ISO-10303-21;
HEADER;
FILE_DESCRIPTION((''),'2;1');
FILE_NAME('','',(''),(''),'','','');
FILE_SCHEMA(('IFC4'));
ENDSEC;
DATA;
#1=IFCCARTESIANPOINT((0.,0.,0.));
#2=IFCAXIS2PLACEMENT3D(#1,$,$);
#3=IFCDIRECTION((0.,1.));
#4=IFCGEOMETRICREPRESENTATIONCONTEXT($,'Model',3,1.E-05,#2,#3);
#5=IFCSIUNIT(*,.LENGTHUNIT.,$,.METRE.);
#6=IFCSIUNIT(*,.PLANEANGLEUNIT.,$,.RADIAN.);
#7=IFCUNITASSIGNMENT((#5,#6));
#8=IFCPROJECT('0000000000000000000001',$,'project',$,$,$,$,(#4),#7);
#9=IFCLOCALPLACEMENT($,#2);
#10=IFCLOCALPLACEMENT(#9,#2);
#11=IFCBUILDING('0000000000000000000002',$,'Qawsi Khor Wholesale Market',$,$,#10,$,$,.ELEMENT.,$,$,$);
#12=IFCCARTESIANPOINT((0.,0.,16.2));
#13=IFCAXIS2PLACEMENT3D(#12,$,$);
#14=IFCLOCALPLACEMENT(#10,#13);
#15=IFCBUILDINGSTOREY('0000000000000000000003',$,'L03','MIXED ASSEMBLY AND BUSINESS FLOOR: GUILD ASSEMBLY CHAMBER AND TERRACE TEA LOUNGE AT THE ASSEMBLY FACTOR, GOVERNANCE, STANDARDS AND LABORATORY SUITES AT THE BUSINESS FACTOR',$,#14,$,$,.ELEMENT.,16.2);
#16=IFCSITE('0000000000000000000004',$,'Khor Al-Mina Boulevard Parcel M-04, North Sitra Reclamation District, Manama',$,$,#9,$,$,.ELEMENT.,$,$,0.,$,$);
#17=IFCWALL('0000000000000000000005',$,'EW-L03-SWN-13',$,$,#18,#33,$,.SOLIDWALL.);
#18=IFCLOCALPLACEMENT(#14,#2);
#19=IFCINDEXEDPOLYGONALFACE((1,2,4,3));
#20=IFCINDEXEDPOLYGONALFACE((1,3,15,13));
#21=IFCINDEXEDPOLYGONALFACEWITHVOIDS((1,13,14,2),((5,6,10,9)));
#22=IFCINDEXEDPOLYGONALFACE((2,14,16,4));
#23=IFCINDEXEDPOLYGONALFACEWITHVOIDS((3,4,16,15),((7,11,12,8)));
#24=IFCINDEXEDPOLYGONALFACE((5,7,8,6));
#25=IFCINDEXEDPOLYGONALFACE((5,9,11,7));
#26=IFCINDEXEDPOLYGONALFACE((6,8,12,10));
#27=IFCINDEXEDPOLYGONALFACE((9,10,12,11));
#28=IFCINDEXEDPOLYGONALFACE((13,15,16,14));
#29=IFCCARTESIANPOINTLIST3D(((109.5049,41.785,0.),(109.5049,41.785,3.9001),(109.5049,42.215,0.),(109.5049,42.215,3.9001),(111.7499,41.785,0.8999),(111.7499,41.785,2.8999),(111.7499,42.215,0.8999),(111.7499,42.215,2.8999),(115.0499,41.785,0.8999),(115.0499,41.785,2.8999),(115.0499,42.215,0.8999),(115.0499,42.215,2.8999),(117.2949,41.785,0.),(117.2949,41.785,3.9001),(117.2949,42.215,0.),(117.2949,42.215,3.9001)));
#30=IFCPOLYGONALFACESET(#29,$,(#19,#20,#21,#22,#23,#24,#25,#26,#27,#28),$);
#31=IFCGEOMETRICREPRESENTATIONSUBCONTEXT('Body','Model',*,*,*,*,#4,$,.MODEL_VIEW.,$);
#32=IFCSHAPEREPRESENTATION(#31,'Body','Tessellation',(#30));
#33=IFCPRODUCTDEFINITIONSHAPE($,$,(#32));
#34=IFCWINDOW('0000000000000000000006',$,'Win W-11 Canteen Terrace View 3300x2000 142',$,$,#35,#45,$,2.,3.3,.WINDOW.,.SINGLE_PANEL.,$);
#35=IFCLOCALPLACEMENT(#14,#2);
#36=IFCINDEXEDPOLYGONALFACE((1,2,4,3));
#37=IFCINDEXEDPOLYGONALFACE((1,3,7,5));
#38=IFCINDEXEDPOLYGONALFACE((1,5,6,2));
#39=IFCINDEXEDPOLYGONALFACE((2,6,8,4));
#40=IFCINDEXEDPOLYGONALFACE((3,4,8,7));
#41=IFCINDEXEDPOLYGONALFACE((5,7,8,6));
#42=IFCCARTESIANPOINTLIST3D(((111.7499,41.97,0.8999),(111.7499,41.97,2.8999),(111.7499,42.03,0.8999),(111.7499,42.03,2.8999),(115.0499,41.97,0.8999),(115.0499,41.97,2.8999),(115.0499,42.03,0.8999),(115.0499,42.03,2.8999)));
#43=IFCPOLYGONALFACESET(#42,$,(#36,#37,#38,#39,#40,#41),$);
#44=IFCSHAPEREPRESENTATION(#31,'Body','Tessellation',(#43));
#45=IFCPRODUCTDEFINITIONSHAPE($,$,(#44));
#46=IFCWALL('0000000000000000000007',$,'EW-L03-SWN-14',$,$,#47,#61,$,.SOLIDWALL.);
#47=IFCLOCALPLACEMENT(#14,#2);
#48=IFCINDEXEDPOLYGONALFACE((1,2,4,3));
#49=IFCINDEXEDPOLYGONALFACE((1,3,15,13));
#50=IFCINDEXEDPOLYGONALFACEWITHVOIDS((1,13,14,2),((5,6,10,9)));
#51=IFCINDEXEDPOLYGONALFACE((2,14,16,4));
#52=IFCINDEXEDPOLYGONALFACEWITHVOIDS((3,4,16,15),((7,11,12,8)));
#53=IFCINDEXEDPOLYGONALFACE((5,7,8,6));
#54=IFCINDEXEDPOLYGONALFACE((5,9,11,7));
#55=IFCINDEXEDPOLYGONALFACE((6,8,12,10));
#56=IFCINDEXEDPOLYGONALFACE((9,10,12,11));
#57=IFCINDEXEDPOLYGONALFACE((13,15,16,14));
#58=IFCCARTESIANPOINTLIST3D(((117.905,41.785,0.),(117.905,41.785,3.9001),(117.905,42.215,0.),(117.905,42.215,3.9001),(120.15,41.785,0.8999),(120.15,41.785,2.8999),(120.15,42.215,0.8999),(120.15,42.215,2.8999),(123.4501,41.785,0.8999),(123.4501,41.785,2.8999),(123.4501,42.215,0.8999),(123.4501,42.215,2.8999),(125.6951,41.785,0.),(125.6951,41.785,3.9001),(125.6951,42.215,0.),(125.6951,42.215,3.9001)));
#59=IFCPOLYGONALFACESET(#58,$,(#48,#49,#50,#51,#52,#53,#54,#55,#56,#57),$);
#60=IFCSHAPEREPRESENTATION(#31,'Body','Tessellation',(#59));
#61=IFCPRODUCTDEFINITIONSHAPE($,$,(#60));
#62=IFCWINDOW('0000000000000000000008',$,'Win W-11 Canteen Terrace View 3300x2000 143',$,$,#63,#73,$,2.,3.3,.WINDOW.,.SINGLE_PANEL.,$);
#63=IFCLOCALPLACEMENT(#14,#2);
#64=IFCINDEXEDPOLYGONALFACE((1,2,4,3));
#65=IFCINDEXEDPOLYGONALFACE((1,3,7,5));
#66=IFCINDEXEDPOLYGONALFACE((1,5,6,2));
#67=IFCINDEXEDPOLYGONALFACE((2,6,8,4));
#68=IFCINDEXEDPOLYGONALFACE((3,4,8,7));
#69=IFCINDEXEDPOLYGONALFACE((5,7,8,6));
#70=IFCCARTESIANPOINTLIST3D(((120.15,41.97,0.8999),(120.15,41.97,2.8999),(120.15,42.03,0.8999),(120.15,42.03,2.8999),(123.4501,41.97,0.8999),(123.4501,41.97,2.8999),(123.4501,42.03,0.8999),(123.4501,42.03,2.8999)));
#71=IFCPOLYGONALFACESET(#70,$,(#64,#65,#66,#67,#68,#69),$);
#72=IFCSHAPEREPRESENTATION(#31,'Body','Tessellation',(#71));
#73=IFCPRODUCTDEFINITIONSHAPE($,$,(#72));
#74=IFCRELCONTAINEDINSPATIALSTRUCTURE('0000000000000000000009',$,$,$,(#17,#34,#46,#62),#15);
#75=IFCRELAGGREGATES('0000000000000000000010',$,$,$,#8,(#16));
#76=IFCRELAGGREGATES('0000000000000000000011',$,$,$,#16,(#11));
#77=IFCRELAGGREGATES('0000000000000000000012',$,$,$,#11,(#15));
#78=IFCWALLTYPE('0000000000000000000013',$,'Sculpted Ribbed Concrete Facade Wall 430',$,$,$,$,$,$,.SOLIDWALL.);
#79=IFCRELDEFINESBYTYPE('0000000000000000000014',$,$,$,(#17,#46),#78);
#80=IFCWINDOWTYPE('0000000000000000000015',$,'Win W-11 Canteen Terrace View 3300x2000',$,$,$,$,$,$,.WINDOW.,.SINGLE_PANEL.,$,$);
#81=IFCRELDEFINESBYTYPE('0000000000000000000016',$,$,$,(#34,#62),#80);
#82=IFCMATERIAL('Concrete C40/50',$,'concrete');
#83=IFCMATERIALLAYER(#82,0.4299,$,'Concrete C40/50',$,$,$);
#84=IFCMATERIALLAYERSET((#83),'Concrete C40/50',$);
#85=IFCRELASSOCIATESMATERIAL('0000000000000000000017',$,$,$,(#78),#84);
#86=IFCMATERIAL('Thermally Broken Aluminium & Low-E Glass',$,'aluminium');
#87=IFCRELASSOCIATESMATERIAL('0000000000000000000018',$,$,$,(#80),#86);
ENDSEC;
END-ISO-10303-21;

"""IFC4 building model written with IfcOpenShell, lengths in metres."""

from ifc_helpers import new_model, si_unit, direction, frame, frame_2d, origin, place, context, subcontext, project, spatial, rectangle, extrude, material, layer, layer_set, type_object, element, fill, save


model = new_model("IFC4")

# Units and contexts
model_context = context("Model", 3, precision=1e-05, world=origin(), true_north=direction((0.0, 1.0)))
body_context = subcontext(model_context, "Body", "Model", "MODEL_VIEW")
ifc_project = project(units=[si_unit("LENGTHUNIT", "METRE"), si_unit("PLANEANGLEUNIT", "RADIAN")], contexts=[model_context])

# Site, building, storey
site_placement = place(None, origin())
site = spatial("IfcSite", under=ifc_project, at=site_placement, Name="Khor Al-Mina Boulevard Parcel M-04, North Sitra Reclamation District, Manama", CompositionType="ELEMENT", RefElevation=0.0)
building_placement = place(site_placement, origin())
building = spatial("IfcBuilding", under=site, at=building_placement, Name="Qawsi Khor Wholesale Market", CompositionType="ELEMENT")
storey_placement = place(building_placement, frame((0.0, 0.0, 16.2)))
storey = spatial("IfcBuildingStorey", under=building, at=storey_placement, Name="L03", Description="MIXED ASSEMBLY AND BUSINESS FLOOR: GUILD ASSEMBLY CHAMBER AND TERRACE TEA LOUNGE AT THE ASSEMBLY FACTOR, GOVERNANCE, STANDARDS AND LABORATORY SUITES AT THE BUSINESS FACTOR", CompositionType="ELEMENT", Elevation=16.2)

# Shared definitions
ifc_material_1 = material(Name="Concrete C40/50", Category="concrete")

# Walls, openings, windows
ifc_layer = layer(ifc_material_1, 0.4299, Name="Concrete C40/50")
ifc_layer_set = layer_set([ifc_layer], Name="Concrete C40/50")
wall_type = type_object("IfcWallType", Name="Sculpted Ribbed Concrete Facade Wall 430", PredefinedType="SOLIDWALL", material=ifc_layer_set)
ifc_material_2 = material(Name="Thermally Broken Aluminium & Low-E Glass", Category="aluminium")
window_type = type_object("IfcWindowType", Name="Win W-11 Canteen Terrace View 3300x2000", PartitioningType="SINGLE_PANEL", PredefinedType="WINDOW", material=ifc_material_2)
wall_1_placement = place(storey_placement, frame((109.5049, 42.0, 0.0), z_axis=(0.0, 0.0, 1.0), x_axis=(1.0, 0.0, 0.0)))
wall_1 = element("IfcWall", 1, at=wall_1_placement, inside=storey, type_object=wall_type, Name="EW-L03-SWN-13", PredefinedType="SOLIDWALL", context=body_context, shape_type="SweptSolid", body=[
    extrude(rectangle(XDim=7.79, YDim=0.4299, at=frame_2d((3.895, 0.0))), origin(), (0.0, 0.0, 1.0), 3.9001),
])
opening_1_placement = place(wall_1_placement, frame((2.2451, 0.0, 0.8999)))
opening_1 = element("IfcOpeningElement", 2, at=opening_1_placement, cuts=wall_1, PredefinedType="OPENING", context=body_context, shape_type="SweptSolid", body=[
    extrude(rectangle(XDim=3.3, YDim=2.0, at=frame_2d((1.6499, 1.0))), frame((0.0, 0.2249, 0.0), z_axis=(0.0, -1.0, 0.0), x_axis=(1.0, 0.0, 0.0)), (0.0, 0.0, 1.0), 0.45),
])
window_1_placement = place(opening_1_placement, origin())
window_1 = element("IfcWindow", 3, at=window_1_placement, inside=storey, type_object=window_type, Name="Win W-11 Canteen Terrace View 3300x2000 142", OverallHeight=2.0, OverallWidth=3.3, PartitioningType="SINGLE_PANEL", PredefinedType="WINDOW", context=body_context, shape_type="SweptSolid", body=[
    extrude(rectangle(XDim=3.3, YDim=2.0, at=frame_2d((1.6499, 1.0))), frame((0.0, 0.03, 0.0), z_axis=(0.0, -1.0, 0.0), x_axis=(1.0, 0.0, 0.0)), (0.0, 0.0, 1.0), 0.0601),
])
fill(opening_1, window_1)
wall_2_placement = place(storey_placement, frame((117.905, 42.0, 0.0), z_axis=(0.0, 0.0, 1.0), x_axis=(1.0, 0.0, 0.0)))
wall_2 = element("IfcWall", 4, at=wall_2_placement, inside=storey, type_object=wall_type, Name="EW-L03-SWN-14", PredefinedType="SOLIDWALL", context=body_context, shape_type="SweptSolid", body=[
    extrude(rectangle(XDim=7.79, YDim=0.4299, at=frame_2d((3.895, 0.0))), origin(), (0.0, 0.0, 1.0), 3.9001),
])
opening_2_placement = place(wall_2_placement, frame((2.2451, 0.0, 0.8999)))
opening_2 = element("IfcOpeningElement", 5, at=opening_2_placement, cuts=wall_2, PredefinedType="OPENING", context=body_context, shape_type="SweptSolid", body=[
    extrude(rectangle(XDim=3.3, YDim=2.0, at=frame_2d((1.6499, 1.0))), frame((0.0, 0.2249, 0.0), z_axis=(0.0, -1.0, 0.0), x_axis=(1.0, 0.0, 0.0)), (0.0, 0.0, 1.0), 0.45),
])
window_2_placement = place(opening_2_placement, origin())
window_2 = element("IfcWindow", 6, at=window_2_placement, inside=storey, type_object=window_type, Name="Win W-11 Canteen Terrace View 3300x2000 143", OverallHeight=2.0, OverallWidth=3.3, PartitioningType="SINGLE_PANEL", PredefinedType="WINDOW", context=body_context, shape_type="SweptSolid", body=[
    extrude(rectangle(XDim=3.3, YDim=2.0, at=frame_2d((1.6499, 1.0))), frame((0.0, 0.03, 0.0), z_axis=(0.0, -1.0, 0.0), x_axis=(1.0, 0.0, 0.0)), (0.0, 0.0, 1.0), 0.0601),
])
fill(opening_2, window_2)

save(model, "model.ifc")
